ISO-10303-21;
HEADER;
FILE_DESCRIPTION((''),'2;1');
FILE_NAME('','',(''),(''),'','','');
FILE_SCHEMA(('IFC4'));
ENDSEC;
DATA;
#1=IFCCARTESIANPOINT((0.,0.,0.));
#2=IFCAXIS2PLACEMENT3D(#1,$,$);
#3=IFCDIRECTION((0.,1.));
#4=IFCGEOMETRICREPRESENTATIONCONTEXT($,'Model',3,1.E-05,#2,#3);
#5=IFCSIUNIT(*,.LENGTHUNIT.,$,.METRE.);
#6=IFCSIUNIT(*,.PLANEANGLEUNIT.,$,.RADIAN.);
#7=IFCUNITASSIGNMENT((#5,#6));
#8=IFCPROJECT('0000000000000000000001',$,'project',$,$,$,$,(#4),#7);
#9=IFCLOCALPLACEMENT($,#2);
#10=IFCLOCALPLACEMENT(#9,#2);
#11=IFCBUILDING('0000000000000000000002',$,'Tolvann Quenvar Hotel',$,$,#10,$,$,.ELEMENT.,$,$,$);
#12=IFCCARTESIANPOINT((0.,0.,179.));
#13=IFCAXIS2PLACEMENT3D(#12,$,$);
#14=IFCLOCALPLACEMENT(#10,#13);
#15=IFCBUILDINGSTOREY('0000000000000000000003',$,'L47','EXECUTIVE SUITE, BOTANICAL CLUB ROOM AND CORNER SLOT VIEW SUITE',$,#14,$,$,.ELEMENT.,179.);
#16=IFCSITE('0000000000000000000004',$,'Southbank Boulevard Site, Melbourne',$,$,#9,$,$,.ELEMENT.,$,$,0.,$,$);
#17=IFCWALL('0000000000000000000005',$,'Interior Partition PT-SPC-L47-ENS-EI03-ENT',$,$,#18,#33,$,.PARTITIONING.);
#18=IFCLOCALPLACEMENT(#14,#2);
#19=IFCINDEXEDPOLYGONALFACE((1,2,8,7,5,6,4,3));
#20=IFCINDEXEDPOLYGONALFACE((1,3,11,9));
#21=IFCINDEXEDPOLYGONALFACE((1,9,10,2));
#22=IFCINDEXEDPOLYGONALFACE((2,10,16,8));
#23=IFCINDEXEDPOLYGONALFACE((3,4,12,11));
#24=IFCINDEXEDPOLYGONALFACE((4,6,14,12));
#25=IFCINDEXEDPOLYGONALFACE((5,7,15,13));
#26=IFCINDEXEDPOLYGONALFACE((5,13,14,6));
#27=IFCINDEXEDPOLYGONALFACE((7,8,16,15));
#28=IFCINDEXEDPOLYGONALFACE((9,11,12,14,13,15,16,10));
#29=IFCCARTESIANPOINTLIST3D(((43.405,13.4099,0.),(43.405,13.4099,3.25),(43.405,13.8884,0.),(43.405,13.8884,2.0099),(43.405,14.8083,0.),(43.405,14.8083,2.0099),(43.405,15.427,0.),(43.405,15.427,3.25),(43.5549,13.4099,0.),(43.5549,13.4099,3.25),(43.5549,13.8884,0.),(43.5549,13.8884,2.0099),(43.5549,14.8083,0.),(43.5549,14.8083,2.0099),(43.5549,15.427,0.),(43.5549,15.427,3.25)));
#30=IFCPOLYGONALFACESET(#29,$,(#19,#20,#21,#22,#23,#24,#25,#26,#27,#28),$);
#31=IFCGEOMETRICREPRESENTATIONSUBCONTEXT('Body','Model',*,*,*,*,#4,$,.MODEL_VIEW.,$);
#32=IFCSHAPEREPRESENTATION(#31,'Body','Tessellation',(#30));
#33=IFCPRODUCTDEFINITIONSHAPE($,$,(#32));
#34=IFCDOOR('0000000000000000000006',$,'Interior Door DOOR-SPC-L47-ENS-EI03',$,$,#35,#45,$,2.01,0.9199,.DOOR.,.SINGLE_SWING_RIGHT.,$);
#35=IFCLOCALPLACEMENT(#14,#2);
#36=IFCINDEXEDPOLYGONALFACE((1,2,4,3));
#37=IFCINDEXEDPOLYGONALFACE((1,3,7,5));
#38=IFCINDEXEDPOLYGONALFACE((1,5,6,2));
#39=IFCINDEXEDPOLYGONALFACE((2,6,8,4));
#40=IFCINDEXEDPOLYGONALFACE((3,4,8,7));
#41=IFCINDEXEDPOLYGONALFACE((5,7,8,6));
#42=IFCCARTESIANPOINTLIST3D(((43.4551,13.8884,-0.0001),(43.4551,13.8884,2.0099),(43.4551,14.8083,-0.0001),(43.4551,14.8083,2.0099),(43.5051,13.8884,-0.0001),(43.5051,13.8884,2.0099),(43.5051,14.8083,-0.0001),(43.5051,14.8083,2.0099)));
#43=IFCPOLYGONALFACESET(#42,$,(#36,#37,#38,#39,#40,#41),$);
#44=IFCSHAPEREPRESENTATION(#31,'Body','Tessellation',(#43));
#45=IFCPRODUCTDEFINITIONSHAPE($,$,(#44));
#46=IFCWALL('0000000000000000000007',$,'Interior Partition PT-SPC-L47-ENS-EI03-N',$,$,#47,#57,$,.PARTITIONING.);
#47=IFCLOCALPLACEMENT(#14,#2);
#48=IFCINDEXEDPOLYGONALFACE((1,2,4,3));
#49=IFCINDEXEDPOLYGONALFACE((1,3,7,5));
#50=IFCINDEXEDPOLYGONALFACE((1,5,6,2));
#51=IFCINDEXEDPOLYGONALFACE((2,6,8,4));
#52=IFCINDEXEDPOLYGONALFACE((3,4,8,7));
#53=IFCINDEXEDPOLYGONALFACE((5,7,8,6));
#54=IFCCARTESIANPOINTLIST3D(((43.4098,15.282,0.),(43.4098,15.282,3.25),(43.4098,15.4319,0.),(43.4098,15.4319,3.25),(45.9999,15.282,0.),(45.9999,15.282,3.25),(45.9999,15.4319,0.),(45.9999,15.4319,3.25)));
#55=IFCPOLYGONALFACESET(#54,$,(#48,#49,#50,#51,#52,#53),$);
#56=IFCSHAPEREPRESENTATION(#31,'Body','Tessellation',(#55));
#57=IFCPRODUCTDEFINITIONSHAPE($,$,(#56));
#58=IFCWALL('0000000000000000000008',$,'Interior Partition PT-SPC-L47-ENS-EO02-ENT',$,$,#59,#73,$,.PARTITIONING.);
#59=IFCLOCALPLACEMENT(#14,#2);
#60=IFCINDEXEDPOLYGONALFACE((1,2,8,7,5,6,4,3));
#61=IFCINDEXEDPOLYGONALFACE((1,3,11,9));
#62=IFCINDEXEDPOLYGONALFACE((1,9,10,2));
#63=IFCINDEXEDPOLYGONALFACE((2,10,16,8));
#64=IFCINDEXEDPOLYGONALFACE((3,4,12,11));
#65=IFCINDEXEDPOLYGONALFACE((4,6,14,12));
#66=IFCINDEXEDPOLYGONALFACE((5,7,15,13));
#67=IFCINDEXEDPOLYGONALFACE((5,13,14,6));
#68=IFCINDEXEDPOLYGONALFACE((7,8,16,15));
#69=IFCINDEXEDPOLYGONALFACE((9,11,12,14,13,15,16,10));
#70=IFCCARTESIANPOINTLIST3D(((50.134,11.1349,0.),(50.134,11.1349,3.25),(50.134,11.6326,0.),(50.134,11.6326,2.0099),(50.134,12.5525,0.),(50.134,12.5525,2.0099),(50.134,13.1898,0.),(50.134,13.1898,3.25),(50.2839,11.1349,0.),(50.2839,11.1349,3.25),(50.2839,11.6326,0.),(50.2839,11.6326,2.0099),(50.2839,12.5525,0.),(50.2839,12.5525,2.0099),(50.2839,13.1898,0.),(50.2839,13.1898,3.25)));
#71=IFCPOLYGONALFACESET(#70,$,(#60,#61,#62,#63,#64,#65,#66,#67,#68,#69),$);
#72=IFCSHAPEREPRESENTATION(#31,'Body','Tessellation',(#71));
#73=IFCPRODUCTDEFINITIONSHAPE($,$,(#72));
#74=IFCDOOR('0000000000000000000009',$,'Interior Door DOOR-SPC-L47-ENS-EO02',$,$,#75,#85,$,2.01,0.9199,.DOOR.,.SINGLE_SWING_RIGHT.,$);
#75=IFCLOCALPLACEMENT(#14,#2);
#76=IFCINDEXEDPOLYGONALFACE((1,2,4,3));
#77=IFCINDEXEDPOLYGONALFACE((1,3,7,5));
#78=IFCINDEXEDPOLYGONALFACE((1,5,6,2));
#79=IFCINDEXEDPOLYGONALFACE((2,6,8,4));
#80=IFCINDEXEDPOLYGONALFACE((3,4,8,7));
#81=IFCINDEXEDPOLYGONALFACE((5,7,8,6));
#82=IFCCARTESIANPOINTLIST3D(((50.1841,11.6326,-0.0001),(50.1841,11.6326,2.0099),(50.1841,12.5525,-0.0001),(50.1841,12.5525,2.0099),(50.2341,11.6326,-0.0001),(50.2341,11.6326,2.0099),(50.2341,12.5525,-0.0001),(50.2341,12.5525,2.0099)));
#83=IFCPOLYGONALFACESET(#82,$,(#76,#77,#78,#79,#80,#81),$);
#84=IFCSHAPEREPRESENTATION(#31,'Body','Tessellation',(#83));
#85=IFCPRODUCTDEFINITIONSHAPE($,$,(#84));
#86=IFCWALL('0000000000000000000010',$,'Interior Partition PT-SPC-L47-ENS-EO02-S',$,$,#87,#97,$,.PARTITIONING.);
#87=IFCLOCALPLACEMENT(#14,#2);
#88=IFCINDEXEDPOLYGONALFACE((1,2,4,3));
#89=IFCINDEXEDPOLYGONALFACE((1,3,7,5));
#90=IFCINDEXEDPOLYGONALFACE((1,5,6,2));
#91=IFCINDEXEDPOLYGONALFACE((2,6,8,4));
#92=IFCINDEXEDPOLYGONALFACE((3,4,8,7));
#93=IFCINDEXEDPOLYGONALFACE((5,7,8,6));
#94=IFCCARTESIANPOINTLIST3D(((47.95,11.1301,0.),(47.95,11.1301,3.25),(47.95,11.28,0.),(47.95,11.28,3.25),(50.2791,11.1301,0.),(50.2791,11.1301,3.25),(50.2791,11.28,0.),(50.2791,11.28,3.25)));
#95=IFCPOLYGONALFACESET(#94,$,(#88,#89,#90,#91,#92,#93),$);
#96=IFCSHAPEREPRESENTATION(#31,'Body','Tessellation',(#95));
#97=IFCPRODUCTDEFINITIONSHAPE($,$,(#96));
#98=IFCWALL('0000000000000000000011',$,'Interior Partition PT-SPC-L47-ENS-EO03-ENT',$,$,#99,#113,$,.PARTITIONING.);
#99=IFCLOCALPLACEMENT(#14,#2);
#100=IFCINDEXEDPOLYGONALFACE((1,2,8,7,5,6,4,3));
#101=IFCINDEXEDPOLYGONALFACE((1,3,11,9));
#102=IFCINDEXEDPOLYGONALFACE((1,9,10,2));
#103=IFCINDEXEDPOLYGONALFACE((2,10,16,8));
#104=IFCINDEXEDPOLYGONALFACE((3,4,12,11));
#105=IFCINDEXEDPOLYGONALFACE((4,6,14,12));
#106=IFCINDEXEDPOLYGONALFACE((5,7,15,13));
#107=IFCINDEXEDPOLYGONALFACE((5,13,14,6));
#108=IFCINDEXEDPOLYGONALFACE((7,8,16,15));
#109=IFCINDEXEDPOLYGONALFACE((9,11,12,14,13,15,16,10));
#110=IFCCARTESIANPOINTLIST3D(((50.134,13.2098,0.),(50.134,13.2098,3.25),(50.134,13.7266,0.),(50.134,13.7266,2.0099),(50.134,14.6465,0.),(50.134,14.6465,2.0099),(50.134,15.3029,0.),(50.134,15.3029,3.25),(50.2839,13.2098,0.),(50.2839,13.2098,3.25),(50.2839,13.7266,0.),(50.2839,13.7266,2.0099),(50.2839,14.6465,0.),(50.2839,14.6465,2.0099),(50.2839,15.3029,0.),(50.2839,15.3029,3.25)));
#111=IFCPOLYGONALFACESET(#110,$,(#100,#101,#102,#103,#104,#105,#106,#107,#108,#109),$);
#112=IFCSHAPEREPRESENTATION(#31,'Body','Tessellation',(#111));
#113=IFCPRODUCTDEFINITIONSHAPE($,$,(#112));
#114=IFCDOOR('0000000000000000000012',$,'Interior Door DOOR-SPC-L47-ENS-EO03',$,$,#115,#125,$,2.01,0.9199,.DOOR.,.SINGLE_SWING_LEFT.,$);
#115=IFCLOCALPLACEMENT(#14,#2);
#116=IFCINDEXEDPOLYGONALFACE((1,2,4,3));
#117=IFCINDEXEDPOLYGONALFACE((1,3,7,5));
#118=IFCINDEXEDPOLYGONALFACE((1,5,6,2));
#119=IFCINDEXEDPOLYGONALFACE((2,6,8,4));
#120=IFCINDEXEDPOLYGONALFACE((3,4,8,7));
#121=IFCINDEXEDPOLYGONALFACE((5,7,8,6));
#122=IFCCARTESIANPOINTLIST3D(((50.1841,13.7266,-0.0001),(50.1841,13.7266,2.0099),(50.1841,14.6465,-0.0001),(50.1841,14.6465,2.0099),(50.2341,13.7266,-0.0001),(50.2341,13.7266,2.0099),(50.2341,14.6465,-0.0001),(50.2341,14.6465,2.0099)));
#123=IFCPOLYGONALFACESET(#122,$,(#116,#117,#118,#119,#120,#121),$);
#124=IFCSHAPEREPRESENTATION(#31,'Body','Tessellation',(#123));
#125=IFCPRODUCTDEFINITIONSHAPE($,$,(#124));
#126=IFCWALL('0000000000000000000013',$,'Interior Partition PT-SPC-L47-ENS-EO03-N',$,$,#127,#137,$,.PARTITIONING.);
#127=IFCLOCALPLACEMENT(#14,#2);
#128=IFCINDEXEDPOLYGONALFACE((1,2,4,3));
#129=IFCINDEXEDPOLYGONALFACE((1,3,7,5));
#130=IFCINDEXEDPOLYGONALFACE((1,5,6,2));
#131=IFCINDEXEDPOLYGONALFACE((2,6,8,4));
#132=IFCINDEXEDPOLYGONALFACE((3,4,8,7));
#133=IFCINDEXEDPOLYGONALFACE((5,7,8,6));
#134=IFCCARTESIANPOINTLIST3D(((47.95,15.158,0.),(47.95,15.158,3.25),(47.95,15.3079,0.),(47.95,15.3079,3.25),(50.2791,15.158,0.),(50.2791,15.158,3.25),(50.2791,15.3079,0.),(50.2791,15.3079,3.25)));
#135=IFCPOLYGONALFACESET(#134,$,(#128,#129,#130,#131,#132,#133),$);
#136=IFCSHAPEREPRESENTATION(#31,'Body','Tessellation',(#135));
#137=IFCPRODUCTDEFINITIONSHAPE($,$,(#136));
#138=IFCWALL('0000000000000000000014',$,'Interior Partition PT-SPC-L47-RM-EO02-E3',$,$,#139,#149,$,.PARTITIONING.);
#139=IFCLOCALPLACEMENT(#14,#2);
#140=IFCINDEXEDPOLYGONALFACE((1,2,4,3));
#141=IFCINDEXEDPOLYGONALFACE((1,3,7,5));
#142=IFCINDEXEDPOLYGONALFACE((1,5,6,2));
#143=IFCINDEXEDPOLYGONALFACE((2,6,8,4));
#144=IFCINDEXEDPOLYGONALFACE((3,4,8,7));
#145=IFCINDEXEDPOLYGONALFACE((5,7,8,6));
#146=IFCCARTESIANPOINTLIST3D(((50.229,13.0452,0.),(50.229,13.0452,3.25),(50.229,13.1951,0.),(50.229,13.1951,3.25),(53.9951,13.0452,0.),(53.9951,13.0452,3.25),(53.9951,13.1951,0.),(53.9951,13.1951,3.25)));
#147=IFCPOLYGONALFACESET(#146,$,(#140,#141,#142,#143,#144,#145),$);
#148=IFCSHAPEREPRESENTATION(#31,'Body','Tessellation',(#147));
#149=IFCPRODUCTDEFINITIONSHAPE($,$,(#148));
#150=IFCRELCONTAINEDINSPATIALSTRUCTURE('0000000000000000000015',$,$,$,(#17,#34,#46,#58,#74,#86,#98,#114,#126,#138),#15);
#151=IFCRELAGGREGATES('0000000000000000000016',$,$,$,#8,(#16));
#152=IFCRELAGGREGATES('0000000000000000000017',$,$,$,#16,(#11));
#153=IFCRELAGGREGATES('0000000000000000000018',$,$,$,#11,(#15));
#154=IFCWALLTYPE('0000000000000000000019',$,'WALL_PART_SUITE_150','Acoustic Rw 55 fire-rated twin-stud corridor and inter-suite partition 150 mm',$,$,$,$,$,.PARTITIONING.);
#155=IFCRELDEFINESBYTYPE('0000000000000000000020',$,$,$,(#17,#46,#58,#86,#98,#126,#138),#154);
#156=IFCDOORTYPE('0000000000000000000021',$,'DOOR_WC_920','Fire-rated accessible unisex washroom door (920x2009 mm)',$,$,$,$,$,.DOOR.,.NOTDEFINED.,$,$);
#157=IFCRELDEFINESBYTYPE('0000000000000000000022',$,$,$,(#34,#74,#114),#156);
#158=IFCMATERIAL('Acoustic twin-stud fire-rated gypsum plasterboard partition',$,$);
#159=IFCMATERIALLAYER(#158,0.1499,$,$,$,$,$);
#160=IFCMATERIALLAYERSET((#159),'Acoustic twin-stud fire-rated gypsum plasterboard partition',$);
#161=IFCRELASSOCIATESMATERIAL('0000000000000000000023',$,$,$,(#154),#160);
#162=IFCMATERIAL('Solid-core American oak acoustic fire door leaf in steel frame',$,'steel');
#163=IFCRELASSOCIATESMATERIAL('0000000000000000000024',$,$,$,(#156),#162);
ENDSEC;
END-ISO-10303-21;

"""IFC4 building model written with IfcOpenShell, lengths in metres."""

from ifc_helpers import new_model, si_unit, direction, frame, frame_2d, origin, place, context, subcontext, project, spatial, rectangle, extrude, source, transform, mapped, material, layer, layer_set, type_object, type_shapes, element, fill, save


model = new_model("IFC4")

# Units and contexts
model_context = context("Model", 3, precision=1e-05, world=origin(), true_north=direction((0.0, 1.0)))
body_context = subcontext(model_context, "Body", "Model", "MODEL_VIEW")
ifc_project = project(units=[si_unit("LENGTHUNIT", "METRE"), si_unit("PLANEANGLEUNIT", "RADIAN")], contexts=[model_context])

# Site, building, storey
site_placement = place(None, origin())
site = spatial("IfcSite", under=ifc_project, at=site_placement, Name="Southbank Boulevard Site, Melbourne", CompositionType="ELEMENT", RefElevation=0.0)
building_placement = place(site_placement, origin())
building = spatial("IfcBuilding", under=site, at=building_placement, Name="Tolvann Quenvar Hotel", CompositionType="ELEMENT")
storey_placement = place(building_placement, frame((0.0, 0.0, 179.0)))
storey = spatial("IfcBuildingStorey", under=building, at=storey_placement, Name="L47", Description="EXECUTIVE SUITE, BOTANICAL CLUB ROOM AND CORNER SLOT VIEW SUITE", CompositionType="ELEMENT", Elevation=179.0)

# Shared definitions
ifc_material_1 = material(Name="Acoustic twin-stud fire-rated gypsum plasterboard partition")
ifc_layer_1 = layer(ifc_material_1, 0.1499)
ifc_layer_set_1 = layer_set([ifc_layer_1], Name="Acoustic twin-stud fire-rated gypsum plasterboard partition")
wall_type_1 = type_object("IfcWallType", Name="WALL_PART_SUITE_150", Description="Acoustic Rw 55 fire-rated twin-stud corridor and inter-suite partition 150 mm", PredefinedType="PARTITIONING", material=ifc_layer_set_1)
ifc_material_2 = material(Name="Solid-core American oak acoustic fire door leaf in steel frame", Category="steel")
door_type_1 = type_object("IfcDoorType", Name="DOOR_WC_920", Description="Fire-rated accessible unisex washroom door (920x2009 mm)", OperationType="NOTDEFINED", PredefinedType="DOOR", material=ifc_material_2)
shared_shape_1 = source(origin(), body_context, "Body", "SweptSolid", [
    extrude(rectangle(XDim=0.9199, YDim=2.01, at=frame_2d((0.46, 1.0049))), frame((0.0, 0.0249, 0.0), z_axis=(0.0, -1.0, 0.0), x_axis=(1.0, 0.0, 0.0)), (0.0, 0.0, 1.0), 0.05),
])
type_shapes(door_type_1, [shared_shape_1])

# Wall, opening, door
wall_1_placement = place(storey_placement, frame((43.48, 13.4099, 0.0), z_axis=(0.0, 0.0, 1.0), x_axis=(0.0, 1.0, 0.0)))
wall_1 = element("IfcWall", 1, at=wall_1_placement, inside=storey, type_object=wall_type_1, Name="Interior Partition PT-SPC-L47-ENS-EI03-ENT", PredefinedType="PARTITIONING", context=body_context, shape_type="SweptSolid", body=[
    extrude(rectangle(XDim=2.0171, YDim=0.1499, at=frame_2d((1.0085, 0.0))), origin(), (0.0, 0.0, 1.0), 3.25),
])
opening_1_placement = place(wall_1_placement, frame((0.4785, 0.0, 0.0)))
opening_1 = element("IfcOpeningElement", 2, at=opening_1_placement, cuts=wall_1, PredefinedType="OPENING", context=body_context, shape_type="SweptSolid", body=[
    extrude(rectangle(XDim=0.9199, YDim=2.01, at=frame_2d((0.46, 1.0049))), frame((0.0, 0.085, 0.0), z_axis=(0.0, -1.0, 0.0), x_axis=(1.0, 0.0, 0.0)), (0.0, 0.0, 1.0), 0.1699),
])
door_1_placement = place(opening_1_placement, origin())
door_1 = element("IfcDoor", 3, at=door_1_placement, inside=storey, type_object=door_type_1, Name="Interior Door DOOR-SPC-L47-ENS-EI03", OperationType="SINGLE_SWING_RIGHT", OverallHeight=2.01, OverallWidth=0.9199, PredefinedType="DOOR", context=body_context, shape_type="MappedRepresentation", body=[
    mapped(shared_shape_1, transform((0.0, 0.0, 0.0), x_axis=(1.0, 0.0, 0.0), y_axis=(0.0, 1.0, 0.0), z_axis=(0.0, 0.0, 1.0), scale=1.0)),
])
fill(opening_1, door_1)

# Wall
wall_2_placement = place(storey_placement, frame((43.4099, 15.3569, 0.0), z_axis=(0.0, 0.0, 1.0), x_axis=(1.0, 0.0, 0.0)))
element("IfcWall", 4, at=wall_2_placement, inside=storey, type_object=wall_type_1, Name="Interior Partition PT-SPC-L47-ENS-EI03-N", PredefinedType="PARTITIONING", context=body_context, shape_type="SweptSolid", body=[
    extrude(rectangle(XDim=2.5901, YDim=0.1499, at=frame_2d((1.2949, 0.0))), origin(), (0.0, 0.0, 1.0), 3.25),
])

# Wall, opening, door
wall_3_placement = place(storey_placement, frame((50.209, 11.135, 0.0), z_axis=(0.0, 0.0, 1.0), x_axis=(0.0, 1.0, 0.0)))
wall_3 = element("IfcWall", 5, at=wall_3_placement, inside=storey, type_object=wall_type_1, Name="Interior Partition PT-SPC-L47-ENS-EO02-ENT", PredefinedType="PARTITIONING", context=body_context, shape_type="SweptSolid", body=[
    extrude(rectangle(XDim=2.0549, YDim=0.1499, at=frame_2d((1.0273, 0.0))), origin(), (0.0, 0.0, 1.0), 3.25),
])
opening_2_placement = place(wall_3_placement, frame((0.4976, 0.0, 0.0)))
opening_2 = element("IfcOpeningElement", 6, at=opening_2_placement, cuts=wall_3, PredefinedType="OPENING", context=body_context, shape_type="SweptSolid", body=[
    extrude(rectangle(XDim=0.9199, YDim=2.01, at=frame_2d((0.46, 1.0049))), frame((0.0, 0.085, 0.0), z_axis=(0.0, -1.0, 0.0), x_axis=(1.0, 0.0, 0.0)), (0.0, 0.0, 1.0), 0.1699),
])
door_2_placement = place(opening_2_placement, origin())
door_2 = element("IfcDoor", 7, at=door_2_placement, inside=storey, type_object=door_type_1, Name="Interior Door DOOR-SPC-L47-ENS-EO02", OperationType="SINGLE_SWING_RIGHT", OverallHeight=2.01, OverallWidth=0.9199, PredefinedType="DOOR", context=body_context, shape_type="MappedRepresentation", body=[
    mapped(shared_shape_1, transform((0.0, 0.0, 0.0), x_axis=(1.0, 0.0, 0.0), y_axis=(0.0, 1.0, 0.0), z_axis=(0.0, 0.0, 1.0), scale=1.0)),
])
fill(opening_2, door_2)

# Wall
wall_4_placement = place(storey_placement, frame((47.95, 11.2051, 0.0), z_axis=(0.0, 0.0, 1.0), x_axis=(1.0, 0.0, 0.0)))
element("IfcWall", 8, at=wall_4_placement, inside=storey, type_object=wall_type_1, Name="Interior Partition PT-SPC-L47-ENS-EO02-S", PredefinedType="PARTITIONING", context=body_context, shape_type="SweptSolid", body=[
    extrude(rectangle(XDim=2.3291, YDim=0.1499, at=frame_2d((1.1646, 0.0))), origin(), (0.0, 0.0, 1.0), 3.25),
])

# Wall, opening, door
wall_5_placement = place(storey_placement, frame((50.209, 13.21, 0.0), z_axis=(0.0, 0.0, 1.0), x_axis=(0.0, 1.0, 0.0)))
wall_5 = element("IfcWall", 9, at=wall_5_placement, inside=storey, type_object=wall_type_1, Name="Interior Partition PT-SPC-L47-ENS-EO03-ENT", PredefinedType="PARTITIONING", context=body_context, shape_type="SweptSolid", body=[
    extrude(rectangle(XDim=2.093, YDim=0.1499, at=frame_2d((1.0464, 0.0))), origin(), (0.0, 0.0, 1.0), 3.25),
])
opening_3_placement = place(wall_5_placement, frame((0.5166, 0.0, 0.0)))
opening_3 = element("IfcOpeningElement", 10, at=opening_3_placement, cuts=wall_5, PredefinedType="OPENING", context=body_context, shape_type="SweptSolid", body=[
    extrude(rectangle(XDim=0.9199, YDim=2.01, at=frame_2d((0.46, 1.0049))), frame((0.0, 0.085, 0.0), z_axis=(0.0, -1.0, 0.0), x_axis=(1.0, 0.0, 0.0)), (0.0, 0.0, 1.0), 0.1699),
])
door_3_placement = place(opening_3_placement, origin())
door_3 = element("IfcDoor", 11, at=door_3_placement, inside=storey, type_object=door_type_1, Name="Interior Door DOOR-SPC-L47-ENS-EO03", OperationType="SINGLE_SWING_LEFT", OverallHeight=2.01, OverallWidth=0.9199, PredefinedType="DOOR", context=body_context, shape_type="MappedRepresentation", body=[
    mapped(shared_shape_1, transform((0.0, 0.0, 0.0), x_axis=(1.0, 0.0, 0.0), y_axis=(0.0, 1.0, 0.0), z_axis=(0.0, 0.0, 1.0), scale=1.0)),
])
fill(opening_3, door_3)

# Wall
wall_6_placement = place(storey_placement, frame((47.95, 15.2329, 0.0), z_axis=(0.0, 0.0, 1.0), x_axis=(1.0, 0.0, 0.0)))
element("IfcWall", 12, at=wall_6_placement, inside=storey, type_object=wall_type_1, Name="Interior Partition PT-SPC-L47-ENS-EO03-N", PredefinedType="PARTITIONING", context=body_context, shape_type="SweptSolid", body=[
    extrude(rectangle(XDim=2.3291, YDim=0.1499, at=frame_2d((1.1646, 0.0))), origin(), (0.0, 0.0, 1.0), 3.25),
])

# Wall
wall_7_placement = place(storey_placement, frame((50.229, 13.1201, 0.0), z_axis=(0.0, 0.0, 1.0), x_axis=(1.0, 0.0, 0.0)))
element("IfcWall", 13, at=wall_7_placement, inside=storey, type_object=wall_type_1, Name="Interior Partition PT-SPC-L47-RM-EO02-E3", PredefinedType="PARTITIONING", context=body_context, shape_type="SweptSolid", body=[
    extrude(rectangle(XDim=3.7661, YDim=0.1499, at=frame_2d((1.8831, 0.0))), origin(), (0.0, 0.0, 1.0), 3.25),
])

save(model, "model.ifc")
